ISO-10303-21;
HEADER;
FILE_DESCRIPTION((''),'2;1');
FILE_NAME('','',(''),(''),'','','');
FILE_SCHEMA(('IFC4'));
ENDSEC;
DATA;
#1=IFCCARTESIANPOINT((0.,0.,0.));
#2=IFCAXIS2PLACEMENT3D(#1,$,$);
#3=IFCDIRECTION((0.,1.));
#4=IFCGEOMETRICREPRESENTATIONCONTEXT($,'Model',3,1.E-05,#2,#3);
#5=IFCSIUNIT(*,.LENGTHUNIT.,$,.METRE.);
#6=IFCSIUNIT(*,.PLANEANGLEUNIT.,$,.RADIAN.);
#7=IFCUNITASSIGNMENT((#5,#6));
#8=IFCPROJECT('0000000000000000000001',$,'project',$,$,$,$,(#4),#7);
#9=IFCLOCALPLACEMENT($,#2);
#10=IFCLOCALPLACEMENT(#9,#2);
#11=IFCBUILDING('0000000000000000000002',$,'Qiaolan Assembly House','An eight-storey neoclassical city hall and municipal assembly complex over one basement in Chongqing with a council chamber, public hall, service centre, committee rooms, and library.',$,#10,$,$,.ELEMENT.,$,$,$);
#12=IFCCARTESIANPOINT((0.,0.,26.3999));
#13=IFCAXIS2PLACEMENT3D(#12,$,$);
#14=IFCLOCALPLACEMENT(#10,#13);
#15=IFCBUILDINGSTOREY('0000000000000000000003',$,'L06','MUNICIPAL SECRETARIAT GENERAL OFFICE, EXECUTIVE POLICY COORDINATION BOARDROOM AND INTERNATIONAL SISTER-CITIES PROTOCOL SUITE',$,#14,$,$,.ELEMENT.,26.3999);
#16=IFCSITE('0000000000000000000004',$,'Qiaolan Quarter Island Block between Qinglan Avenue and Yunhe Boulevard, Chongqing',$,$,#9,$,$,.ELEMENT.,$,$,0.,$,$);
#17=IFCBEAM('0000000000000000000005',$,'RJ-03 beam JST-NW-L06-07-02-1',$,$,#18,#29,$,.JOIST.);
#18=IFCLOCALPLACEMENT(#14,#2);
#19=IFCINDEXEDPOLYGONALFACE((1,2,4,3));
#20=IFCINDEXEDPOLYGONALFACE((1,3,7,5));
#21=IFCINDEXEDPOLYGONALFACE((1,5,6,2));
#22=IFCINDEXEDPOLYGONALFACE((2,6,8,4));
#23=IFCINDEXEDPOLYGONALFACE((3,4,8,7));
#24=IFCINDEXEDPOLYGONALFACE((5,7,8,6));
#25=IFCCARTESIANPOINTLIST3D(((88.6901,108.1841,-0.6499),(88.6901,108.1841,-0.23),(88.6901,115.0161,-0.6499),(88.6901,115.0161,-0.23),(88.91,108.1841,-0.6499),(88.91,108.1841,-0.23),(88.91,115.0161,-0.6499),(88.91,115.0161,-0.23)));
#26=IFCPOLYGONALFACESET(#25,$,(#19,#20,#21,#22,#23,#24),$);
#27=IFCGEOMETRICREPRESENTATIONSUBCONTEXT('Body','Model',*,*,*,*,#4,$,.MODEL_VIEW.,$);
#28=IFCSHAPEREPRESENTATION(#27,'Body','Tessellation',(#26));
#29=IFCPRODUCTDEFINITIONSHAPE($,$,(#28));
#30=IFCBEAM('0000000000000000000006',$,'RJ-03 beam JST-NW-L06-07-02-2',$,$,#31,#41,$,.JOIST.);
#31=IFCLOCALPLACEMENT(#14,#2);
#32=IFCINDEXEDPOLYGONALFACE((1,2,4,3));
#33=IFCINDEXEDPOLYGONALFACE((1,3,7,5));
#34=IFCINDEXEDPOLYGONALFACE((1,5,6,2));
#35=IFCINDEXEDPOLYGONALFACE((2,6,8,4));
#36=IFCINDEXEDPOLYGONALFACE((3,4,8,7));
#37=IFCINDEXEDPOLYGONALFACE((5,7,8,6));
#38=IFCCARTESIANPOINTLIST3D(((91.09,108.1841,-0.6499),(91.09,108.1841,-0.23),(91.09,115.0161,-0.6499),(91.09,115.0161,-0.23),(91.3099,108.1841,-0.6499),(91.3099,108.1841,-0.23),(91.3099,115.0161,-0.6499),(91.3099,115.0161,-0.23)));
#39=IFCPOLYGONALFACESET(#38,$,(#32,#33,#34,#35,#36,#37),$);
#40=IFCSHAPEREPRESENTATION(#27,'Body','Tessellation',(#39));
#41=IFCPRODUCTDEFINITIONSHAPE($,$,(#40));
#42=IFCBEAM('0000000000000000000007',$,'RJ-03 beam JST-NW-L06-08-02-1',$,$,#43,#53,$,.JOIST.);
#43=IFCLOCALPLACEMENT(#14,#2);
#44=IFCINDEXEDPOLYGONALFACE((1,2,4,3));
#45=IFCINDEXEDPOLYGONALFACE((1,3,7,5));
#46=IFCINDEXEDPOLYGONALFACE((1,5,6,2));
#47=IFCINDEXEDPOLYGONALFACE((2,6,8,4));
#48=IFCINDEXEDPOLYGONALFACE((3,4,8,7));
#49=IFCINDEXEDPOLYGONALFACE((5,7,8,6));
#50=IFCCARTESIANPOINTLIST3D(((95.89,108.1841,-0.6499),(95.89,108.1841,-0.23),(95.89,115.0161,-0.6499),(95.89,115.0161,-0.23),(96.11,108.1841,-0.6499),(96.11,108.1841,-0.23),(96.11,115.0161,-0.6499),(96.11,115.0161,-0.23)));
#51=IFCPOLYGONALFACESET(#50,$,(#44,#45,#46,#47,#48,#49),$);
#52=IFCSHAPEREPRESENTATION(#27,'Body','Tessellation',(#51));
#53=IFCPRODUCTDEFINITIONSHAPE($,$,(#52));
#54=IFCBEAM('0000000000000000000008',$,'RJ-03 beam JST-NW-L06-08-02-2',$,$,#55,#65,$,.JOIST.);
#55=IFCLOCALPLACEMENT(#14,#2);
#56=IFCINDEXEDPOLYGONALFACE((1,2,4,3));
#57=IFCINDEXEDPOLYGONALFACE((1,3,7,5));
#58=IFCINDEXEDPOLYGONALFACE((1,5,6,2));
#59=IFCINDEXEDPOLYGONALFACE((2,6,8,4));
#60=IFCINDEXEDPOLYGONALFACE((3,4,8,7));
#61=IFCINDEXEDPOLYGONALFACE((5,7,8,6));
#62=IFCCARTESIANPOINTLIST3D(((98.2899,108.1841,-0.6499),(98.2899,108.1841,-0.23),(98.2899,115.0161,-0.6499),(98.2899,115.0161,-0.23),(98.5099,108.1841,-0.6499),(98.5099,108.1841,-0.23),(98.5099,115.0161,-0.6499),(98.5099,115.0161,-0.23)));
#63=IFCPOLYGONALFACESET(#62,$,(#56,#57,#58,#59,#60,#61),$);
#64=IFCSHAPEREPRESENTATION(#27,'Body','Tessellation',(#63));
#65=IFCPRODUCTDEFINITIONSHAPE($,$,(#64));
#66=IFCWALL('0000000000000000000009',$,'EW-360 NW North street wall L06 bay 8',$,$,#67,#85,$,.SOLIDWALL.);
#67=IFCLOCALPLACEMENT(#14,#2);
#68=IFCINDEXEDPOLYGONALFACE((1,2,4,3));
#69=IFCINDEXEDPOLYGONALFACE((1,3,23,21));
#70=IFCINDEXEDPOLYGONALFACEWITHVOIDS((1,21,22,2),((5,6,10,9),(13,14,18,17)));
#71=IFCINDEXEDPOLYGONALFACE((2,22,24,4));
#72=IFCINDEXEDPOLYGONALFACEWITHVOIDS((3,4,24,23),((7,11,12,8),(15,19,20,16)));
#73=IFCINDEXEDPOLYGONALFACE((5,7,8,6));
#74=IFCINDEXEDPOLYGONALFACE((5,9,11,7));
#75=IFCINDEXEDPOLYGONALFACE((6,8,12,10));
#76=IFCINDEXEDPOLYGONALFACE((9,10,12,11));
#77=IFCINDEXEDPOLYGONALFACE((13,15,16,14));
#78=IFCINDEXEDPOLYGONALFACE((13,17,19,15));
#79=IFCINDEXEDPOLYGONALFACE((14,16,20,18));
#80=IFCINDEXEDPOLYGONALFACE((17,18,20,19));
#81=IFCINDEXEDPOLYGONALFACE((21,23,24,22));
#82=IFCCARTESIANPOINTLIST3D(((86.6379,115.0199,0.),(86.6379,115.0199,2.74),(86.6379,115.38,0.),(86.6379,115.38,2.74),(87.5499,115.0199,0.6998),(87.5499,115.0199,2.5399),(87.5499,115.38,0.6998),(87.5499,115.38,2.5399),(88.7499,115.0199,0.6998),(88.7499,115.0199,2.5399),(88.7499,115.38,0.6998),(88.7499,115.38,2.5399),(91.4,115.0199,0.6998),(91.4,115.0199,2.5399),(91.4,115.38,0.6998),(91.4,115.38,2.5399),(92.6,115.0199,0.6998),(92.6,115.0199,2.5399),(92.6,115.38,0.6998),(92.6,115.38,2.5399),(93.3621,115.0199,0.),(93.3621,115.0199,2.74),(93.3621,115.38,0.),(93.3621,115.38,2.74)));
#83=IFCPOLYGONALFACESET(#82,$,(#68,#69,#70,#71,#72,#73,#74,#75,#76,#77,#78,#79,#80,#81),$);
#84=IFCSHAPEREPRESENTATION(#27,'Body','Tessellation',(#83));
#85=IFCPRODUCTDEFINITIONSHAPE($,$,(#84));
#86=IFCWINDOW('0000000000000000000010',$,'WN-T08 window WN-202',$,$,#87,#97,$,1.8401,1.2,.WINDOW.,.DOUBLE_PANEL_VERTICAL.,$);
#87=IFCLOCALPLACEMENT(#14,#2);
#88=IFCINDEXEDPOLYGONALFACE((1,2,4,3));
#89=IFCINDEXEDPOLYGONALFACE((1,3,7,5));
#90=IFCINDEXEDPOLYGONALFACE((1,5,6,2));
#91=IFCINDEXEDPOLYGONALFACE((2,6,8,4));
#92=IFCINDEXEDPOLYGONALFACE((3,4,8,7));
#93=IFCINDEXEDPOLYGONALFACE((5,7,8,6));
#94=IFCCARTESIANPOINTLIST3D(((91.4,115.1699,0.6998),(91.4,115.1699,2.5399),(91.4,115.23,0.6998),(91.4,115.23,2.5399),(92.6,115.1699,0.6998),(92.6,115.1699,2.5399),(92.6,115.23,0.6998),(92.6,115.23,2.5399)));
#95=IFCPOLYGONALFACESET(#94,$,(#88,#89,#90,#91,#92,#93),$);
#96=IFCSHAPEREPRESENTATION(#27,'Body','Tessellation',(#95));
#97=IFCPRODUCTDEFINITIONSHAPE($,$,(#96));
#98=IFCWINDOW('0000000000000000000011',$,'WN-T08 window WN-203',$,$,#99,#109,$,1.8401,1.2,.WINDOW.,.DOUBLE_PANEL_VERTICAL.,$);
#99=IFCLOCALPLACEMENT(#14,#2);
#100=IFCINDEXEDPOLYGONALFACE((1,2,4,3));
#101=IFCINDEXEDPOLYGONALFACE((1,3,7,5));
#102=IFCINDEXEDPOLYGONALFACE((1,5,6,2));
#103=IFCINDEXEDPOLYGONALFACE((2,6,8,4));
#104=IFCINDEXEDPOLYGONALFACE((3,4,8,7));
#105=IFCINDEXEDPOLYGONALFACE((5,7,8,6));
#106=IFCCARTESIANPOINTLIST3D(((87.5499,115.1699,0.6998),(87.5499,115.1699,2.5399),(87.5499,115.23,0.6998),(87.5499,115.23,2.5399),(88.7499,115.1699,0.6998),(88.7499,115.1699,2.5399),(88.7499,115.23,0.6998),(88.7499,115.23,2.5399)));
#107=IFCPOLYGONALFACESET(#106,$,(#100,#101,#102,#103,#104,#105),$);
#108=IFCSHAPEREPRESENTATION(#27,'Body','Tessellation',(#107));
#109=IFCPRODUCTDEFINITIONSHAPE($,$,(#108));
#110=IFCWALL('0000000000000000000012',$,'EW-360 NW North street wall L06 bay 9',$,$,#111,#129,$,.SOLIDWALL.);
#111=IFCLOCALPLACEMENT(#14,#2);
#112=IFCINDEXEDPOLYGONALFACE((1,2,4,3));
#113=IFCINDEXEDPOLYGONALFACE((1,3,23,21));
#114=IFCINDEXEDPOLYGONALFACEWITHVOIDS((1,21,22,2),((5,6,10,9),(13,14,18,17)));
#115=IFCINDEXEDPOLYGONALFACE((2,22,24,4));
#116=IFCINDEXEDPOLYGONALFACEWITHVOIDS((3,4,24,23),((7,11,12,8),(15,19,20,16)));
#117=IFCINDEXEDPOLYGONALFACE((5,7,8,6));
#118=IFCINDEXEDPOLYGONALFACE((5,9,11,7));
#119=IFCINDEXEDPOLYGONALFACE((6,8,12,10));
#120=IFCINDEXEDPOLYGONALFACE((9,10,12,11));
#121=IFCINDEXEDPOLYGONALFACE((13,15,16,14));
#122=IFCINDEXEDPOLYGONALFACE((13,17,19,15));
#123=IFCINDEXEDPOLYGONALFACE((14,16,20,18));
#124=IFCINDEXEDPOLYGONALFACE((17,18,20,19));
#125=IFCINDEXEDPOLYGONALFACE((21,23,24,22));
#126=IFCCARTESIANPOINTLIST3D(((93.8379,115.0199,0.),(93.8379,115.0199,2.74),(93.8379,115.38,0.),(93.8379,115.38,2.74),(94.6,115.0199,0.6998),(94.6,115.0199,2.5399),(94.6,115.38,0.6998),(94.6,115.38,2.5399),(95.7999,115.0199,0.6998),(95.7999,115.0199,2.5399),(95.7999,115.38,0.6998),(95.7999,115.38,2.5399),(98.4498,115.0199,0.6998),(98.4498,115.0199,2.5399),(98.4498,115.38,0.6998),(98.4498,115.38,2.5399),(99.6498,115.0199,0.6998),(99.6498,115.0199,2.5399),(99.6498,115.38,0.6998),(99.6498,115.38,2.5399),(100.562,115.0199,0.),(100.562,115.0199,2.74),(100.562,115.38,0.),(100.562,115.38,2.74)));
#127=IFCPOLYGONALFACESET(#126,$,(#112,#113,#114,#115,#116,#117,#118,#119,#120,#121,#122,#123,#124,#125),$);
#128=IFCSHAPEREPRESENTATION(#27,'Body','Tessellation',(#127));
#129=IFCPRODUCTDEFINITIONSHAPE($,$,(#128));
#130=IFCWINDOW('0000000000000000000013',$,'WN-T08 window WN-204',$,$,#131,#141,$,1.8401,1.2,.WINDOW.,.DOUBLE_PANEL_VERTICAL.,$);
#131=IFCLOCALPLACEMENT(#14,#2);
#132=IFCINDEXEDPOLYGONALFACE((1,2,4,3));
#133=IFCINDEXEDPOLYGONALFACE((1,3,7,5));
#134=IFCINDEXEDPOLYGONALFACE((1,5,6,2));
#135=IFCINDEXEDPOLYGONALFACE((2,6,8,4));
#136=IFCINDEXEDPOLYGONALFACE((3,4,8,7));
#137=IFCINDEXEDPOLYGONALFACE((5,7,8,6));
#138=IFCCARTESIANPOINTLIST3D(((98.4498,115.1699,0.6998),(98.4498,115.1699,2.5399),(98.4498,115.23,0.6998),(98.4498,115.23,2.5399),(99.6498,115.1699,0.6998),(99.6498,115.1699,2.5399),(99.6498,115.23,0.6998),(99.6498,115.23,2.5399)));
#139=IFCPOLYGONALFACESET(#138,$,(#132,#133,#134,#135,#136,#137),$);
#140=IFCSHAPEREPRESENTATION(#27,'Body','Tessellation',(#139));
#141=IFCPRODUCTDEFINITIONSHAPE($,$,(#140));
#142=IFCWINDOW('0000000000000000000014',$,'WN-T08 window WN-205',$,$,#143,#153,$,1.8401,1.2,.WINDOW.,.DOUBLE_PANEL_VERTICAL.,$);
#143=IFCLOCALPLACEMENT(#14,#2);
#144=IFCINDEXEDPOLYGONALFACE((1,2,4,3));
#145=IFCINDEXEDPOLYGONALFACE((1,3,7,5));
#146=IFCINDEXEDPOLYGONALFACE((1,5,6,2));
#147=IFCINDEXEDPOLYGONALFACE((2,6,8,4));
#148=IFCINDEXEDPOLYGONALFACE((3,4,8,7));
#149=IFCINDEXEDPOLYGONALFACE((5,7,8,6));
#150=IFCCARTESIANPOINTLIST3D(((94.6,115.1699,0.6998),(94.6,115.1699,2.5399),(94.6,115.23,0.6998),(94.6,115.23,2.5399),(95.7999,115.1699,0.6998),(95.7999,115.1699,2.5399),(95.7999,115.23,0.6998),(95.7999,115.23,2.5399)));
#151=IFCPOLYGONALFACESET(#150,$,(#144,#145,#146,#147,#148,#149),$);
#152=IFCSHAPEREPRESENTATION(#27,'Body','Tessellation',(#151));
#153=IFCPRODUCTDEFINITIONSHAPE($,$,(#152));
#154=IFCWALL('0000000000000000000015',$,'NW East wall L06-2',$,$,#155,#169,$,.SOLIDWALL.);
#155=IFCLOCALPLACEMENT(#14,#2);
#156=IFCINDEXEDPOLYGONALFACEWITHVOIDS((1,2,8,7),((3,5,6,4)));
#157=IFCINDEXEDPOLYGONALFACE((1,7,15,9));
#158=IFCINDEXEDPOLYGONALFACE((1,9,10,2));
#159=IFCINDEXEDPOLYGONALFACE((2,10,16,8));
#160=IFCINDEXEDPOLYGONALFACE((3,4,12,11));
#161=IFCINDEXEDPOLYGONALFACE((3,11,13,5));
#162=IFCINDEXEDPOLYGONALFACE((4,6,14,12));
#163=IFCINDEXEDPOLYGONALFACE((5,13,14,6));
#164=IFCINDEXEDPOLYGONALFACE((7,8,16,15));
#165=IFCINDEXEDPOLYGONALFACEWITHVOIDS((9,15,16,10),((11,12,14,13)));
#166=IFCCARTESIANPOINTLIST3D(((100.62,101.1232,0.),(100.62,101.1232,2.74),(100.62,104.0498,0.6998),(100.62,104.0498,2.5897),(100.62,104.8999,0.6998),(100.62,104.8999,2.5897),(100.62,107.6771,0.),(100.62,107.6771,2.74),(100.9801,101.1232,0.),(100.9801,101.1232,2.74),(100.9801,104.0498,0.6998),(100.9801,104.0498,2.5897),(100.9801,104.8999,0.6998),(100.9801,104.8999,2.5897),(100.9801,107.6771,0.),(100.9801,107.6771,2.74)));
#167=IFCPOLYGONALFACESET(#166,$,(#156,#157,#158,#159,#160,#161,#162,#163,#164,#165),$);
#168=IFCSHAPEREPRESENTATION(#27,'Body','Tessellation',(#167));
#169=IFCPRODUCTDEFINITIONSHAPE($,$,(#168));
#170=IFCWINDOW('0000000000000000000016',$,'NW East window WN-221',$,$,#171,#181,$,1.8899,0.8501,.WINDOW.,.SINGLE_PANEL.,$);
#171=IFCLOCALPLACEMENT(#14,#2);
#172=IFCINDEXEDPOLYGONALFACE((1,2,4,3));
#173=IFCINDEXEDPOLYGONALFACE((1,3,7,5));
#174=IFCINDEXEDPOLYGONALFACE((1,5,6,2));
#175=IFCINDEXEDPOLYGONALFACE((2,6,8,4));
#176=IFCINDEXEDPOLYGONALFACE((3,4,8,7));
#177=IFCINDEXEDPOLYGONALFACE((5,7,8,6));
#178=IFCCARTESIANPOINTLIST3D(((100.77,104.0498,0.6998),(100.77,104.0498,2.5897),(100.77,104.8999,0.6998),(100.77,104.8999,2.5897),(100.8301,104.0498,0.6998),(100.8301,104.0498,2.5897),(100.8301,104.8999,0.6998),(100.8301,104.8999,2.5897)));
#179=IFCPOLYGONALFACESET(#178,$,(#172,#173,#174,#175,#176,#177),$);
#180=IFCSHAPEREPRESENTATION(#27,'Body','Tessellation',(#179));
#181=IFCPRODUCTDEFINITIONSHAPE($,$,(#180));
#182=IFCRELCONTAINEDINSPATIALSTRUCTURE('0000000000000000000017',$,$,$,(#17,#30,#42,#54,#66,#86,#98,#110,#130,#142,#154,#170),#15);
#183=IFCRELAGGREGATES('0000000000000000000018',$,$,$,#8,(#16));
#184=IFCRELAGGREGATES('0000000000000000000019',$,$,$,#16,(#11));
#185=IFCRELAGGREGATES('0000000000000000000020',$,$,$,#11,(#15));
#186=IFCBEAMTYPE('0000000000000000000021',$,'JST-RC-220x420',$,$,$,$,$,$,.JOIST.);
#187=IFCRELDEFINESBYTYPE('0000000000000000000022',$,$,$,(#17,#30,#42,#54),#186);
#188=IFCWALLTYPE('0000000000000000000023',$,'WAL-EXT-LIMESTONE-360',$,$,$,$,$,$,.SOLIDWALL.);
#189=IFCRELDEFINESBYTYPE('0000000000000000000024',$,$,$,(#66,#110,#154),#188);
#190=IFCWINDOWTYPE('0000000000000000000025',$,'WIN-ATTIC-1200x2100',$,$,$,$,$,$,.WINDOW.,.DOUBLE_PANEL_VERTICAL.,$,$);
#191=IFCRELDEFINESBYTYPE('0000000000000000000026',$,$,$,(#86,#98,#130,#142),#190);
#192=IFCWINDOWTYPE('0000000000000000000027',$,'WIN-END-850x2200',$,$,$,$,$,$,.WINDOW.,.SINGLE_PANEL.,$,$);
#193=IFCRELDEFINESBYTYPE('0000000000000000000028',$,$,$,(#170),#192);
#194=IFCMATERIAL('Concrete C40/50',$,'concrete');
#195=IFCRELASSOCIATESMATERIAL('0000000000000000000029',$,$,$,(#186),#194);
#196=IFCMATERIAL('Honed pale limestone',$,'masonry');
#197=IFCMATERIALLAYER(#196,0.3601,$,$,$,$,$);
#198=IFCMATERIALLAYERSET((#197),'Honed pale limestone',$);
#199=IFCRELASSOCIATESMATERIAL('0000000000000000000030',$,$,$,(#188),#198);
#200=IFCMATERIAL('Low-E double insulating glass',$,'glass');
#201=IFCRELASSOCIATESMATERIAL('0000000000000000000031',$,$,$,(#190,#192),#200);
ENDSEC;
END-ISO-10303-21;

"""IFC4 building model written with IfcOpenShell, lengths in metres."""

from ifc_helpers import new_model, si_unit, direction, frame, frame_2d, origin, origin_2d, place, context, subcontext, project, spatial, rectangle, extrude, material, layer, layer_set, material_profile, profile_set, type_object, element, fill, save


model = new_model("IFC4")

# Units and contexts
model_context = context("Model", 3, precision=1e-05, world=origin(), true_north=direction((0.0, 1.0)))
body_context = subcontext(model_context, "Body", "Model", "MODEL_VIEW")
ifc_project = project(units=[si_unit("LENGTHUNIT", "METRE"), si_unit("PLANEANGLEUNIT", "RADIAN")], contexts=[model_context])

# Site, building, storey
site_placement = place(None, origin())
site = spatial("IfcSite", under=ifc_project, at=site_placement, Name="Qiaolan Quarter Island Block between Qinglan Avenue and Yunhe Boulevard, Chongqing", CompositionType="ELEMENT", RefElevation=0.0)
building_placement = place(site_placement, origin())
building = spatial("IfcBuilding", under=site, at=building_placement, Name="Qiaolan Assembly House", Description="An eight-storey neoclassical city hall and municipal assembly complex over one basement in Chongqing with a council chamber, public hall, service centre, committee rooms, and library.", CompositionType="ELEMENT")
storey_placement = place(building_placement, frame((0.0, 0.0, 26.3999)))
storey = spatial("IfcBuildingStorey", under=building, at=storey_placement, Name="L06", Description="MUNICIPAL SECRETARIAT GENERAL OFFICE, EXECUTIVE POLICY COORDINATION BOARDROOM AND INTERNATIONAL SISTER-CITIES PROTOCOL SUITE", CompositionType="ELEMENT", Elevation=26.3999)

# Shared definitions
ifc_material_1 = material(Name="Concrete C40/50", Category="concrete")

# Beams
ifc_material_profile_1 = material_profile(ifc_material_1, rectangle(XDim=0.22, YDim=0.4199, at=origin_2d()), Name="RCB 220x420")
ifc_profile_set_1 = profile_set([ifc_material_profile_1], Name="Concrete C40/50")
beam_type_1 = type_object("IfcBeamType", Name="JST-RC-220x420", PredefinedType="JOIST", material=ifc_profile_set_1)
for number, where, z_axis, x_axis, name in (
    (1, (88.8, 108.1841, -0.4399), (0.0, 1.0, 0.0), (-1.0, 0.0, 0.0), "RJ-03 beam JST-NW-L06-07-02-1"),
    (2, (91.2, 108.1841, -0.4399), (0.0, 1.0, 0.0), (-1.0, 0.0, 0.0), "RJ-03 beam JST-NW-L06-07-02-2"),
    (3, (96.0, 108.1841, -0.4399), (0.0, 1.0, 0.0), (-1.0, 0.0, 0.0), "RJ-03 beam JST-NW-L06-08-02-1"),
    (4, (98.3999, 108.1841, -0.4399), (0.0, 1.0, 0.0), (-1.0, 0.0, 0.0), "RJ-03 beam JST-NW-L06-08-02-2"),
):
    element("IfcBeam", number, at=place(storey_placement, frame(where, z_axis=z_axis, x_axis=x_axis)), inside=storey, type_object=beam_type_1, Name=name, PredefinedType="JOIST", context=body_context, shape_type="SweptSolid", body=[
        extrude(rectangle(XDim=0.22, YDim=0.4199, at=origin_2d()), origin(), (0.0, 0.0, 1.0), 6.832),
    ])

# Walls, openings, windows
ifc_material_2 = material(Name="Honed pale limestone", Category="masonry")
ifc_layer_1 = layer(ifc_material_2, 0.3601)
ifc_layer_set_1 = layer_set([ifc_layer_1], Name="Honed pale limestone")
wall_type_1 = type_object("IfcWallType", Name="WAL-EXT-LIMESTONE-360", PredefinedType="SOLIDWALL", material=ifc_layer_set_1)
wall_1_placement = place(storey_placement, frame((93.3621, 115.2, 0.0), z_axis=(0.0, 0.0, 1.0), x_axis=(-1.0, 0.0, 0.0)))
wall_1 = element("IfcWall", 5, at=wall_1_placement, inside=storey, type_object=wall_type_1, Name="EW-360 NW North street wall L06 bay 8", PredefinedType="SOLIDWALL", context=body_context, shape_type="SweptSolid", body=[
    extrude(rectangle(XDim=6.7241, YDim=0.3601, at=frame_2d((3.3621, 0.0))), origin(), (0.0, 0.0, 1.0), 2.74),
])
opening_1_placement = place(wall_1_placement, frame((0.762, 0.0, 0.7)))
opening_1 = element("IfcOpeningElement", 6, at=opening_1_placement, cuts=wall_1, PredefinedType="OPENING", context=body_context, shape_type="SweptSolid", body=[
    extrude(rectangle(XDim=1.2, YDim=1.8401, at=frame_2d((0.6001, 0.9199))), frame((0.0, 0.1899, 0.0), z_axis=(0.0, -1.0, 0.0), x_axis=(1.0, 0.0, 0.0)), (0.0, 0.0, 1.0), 0.3801),
])
opening_2_placement = place(wall_1_placement, frame((4.6121, 0.0, 0.7)))
opening_2 = element("IfcOpeningElement", 7, at=opening_2_placement, cuts=wall_1, PredefinedType="OPENING", context=body_context, shape_type="SweptSolid", body=[
    extrude(rectangle(XDim=1.2, YDim=1.8401, at=frame_2d((0.6001, 0.9199))), frame((0.0, 0.1899, 0.0), z_axis=(0.0, -1.0, 0.0), x_axis=(1.0, 0.0, 0.0)), (0.0, 0.0, 1.0), 0.3801),
])
ifc_material_3 = material(Name="Low-E double insulating glass", Category="glass")
window_type_1 = type_object("IfcWindowType", Name="WIN-ATTIC-1200x2100", PartitioningType="DOUBLE_PANEL_VERTICAL", PredefinedType="WINDOW", material=ifc_material_3)
window_1_placement = place(opening_1_placement, origin())
window_1 = element("IfcWindow", 8, at=window_1_placement, inside=storey, type_object=window_type_1, Name="WN-T08 window WN-202", OverallHeight=1.8401, OverallWidth=1.2, PartitioningType="DOUBLE_PANEL_VERTICAL", PredefinedType="WINDOW", context=body_context, shape_type="SweptSolid", body=[
    extrude(rectangle(XDim=1.2, YDim=1.8401, at=frame_2d((0.6001, 0.9199))), frame((0.0, 0.03, 0.0), z_axis=(0.0, -1.0, 0.0), x_axis=(1.0, 0.0, 0.0)), (0.0, 0.0, 1.0), 0.0601),
])
fill(opening_1, window_1)
window_2_placement = place(opening_2_placement, origin())
window_2 = element("IfcWindow", 9, at=window_2_placement, inside=storey, type_object=window_type_1, Name="WN-T08 window WN-203", OverallHeight=1.8401, OverallWidth=1.2, PartitioningType="DOUBLE_PANEL_VERTICAL", PredefinedType="WINDOW", context=body_context, shape_type="SweptSolid", body=[
    extrude(rectangle(XDim=1.2, YDim=1.8401, at=frame_2d((0.6001, 0.9199))), frame((0.0, 0.03, 0.0), z_axis=(0.0, -1.0, 0.0), x_axis=(1.0, 0.0, 0.0)), (0.0, 0.0, 1.0), 0.0601),
])
fill(opening_2, window_2)
wall_2_placement = place(storey_placement, frame((100.562, 115.2, 0.0), z_axis=(0.0, 0.0, 1.0), x_axis=(-1.0, 0.0, 0.0)))
wall_2 = element("IfcWall", 10, at=wall_2_placement, inside=storey, type_object=wall_type_1, Name="EW-360 NW North street wall L06 bay 9", PredefinedType="SOLIDWALL", context=body_context, shape_type="SweptSolid", body=[
    extrude(rectangle(XDim=6.7241, YDim=0.3601, at=frame_2d((3.3621, 0.0))), origin(), (0.0, 0.0, 1.0), 2.74),
])
opening_3_placement = place(wall_2_placement, frame((0.9121, 0.0, 0.7)))
opening_3 = element("IfcOpeningElement", 11, at=opening_3_placement, cuts=wall_2, PredefinedType="OPENING", context=body_context, shape_type="SweptSolid", body=[
    extrude(rectangle(XDim=1.2, YDim=1.8401, at=frame_2d((0.6001, 0.9199))), frame((0.0, 0.1899, 0.0), z_axis=(0.0, -1.0, 0.0), x_axis=(1.0, 0.0, 0.0)), (0.0, 0.0, 1.0), 0.3801),
])
opening_4_placement = place(wall_2_placement, frame((4.762, 0.0, 0.7)))
opening_4 = element("IfcOpeningElement", 12, at=opening_4_placement, cuts=wall_2, PredefinedType="OPENING", context=body_context, shape_type="SweptSolid", body=[
    extrude(rectangle(XDim=1.2, YDim=1.8401, at=frame_2d((0.6001, 0.9199))), frame((0.0, 0.1899, 0.0), z_axis=(0.0, -1.0, 0.0), x_axis=(1.0, 0.0, 0.0)), (0.0, 0.0, 1.0), 0.3801),
])
window_3_placement = place(opening_3_placement, origin())
window_3 = element("IfcWindow", 13, at=window_3_placement, inside=storey, type_object=window_type_1, Name="WN-T08 window WN-204", OverallHeight=1.8401, OverallWidth=1.2, PartitioningType="DOUBLE_PANEL_VERTICAL", PredefinedType="WINDOW", context=body_context, shape_type="SweptSolid", body=[
    extrude(rectangle(XDim=1.2, YDim=1.8401, at=frame_2d((0.6001, 0.9199))), frame((0.0, 0.03, 0.0), z_axis=(0.0, -1.0, 0.0), x_axis=(1.0, 0.0, 0.0)), (0.0, 0.0, 1.0), 0.0601),
])
fill(opening_3, window_3)
window_4_placement = place(opening_4_placement, origin())
window_4 = element("IfcWindow", 14, at=window_4_placement, inside=storey, type_object=window_type_1, Name="WN-T08 window WN-205", OverallHeight=1.8401, OverallWidth=1.2, PartitioningType="DOUBLE_PANEL_VERTICAL", PredefinedType="WINDOW", context=body_context, shape_type="SweptSolid", body=[
    extrude(rectangle(XDim=1.2, YDim=1.8401, at=frame_2d((0.6001, 0.9199))), frame((0.0, 0.03, 0.0), z_axis=(0.0, -1.0, 0.0), x_axis=(1.0, 0.0, 0.0)), (0.0, 0.0, 1.0), 0.0601),
])
fill(opening_4, window_4)

# Wall, opening, window
wall_3_placement = place(storey_placement, frame((100.8, 107.677, 0.0), z_axis=(0.0, 0.0, 1.0), x_axis=(0.0, -1.0, 0.0)))
wall_3 = element("IfcWall", 15, at=wall_3_placement, inside=storey, type_object=wall_type_1, Name="NW East wall L06-2", PredefinedType="SOLIDWALL", context=body_context, shape_type="SweptSolid", body=[
    extrude(rectangle(XDim=6.554, YDim=0.3601, at=frame_2d((3.2769, 0.0))), origin(), (0.0, 0.0, 1.0), 2.74),
])
opening_5_placement = place(wall_3_placement, frame((2.7771, 0.0, 0.7)))
opening_5 = element("IfcOpeningElement", 16, at=opening_5_placement, cuts=wall_3, PredefinedType="OPENING", context=body_context, shape_type="SweptSolid", body=[
    extrude(rectangle(XDim=0.8501, YDim=1.8899, at=frame_2d((0.425, 0.9448))), frame((0.0, 0.1899, 0.0), z_axis=(0.0, -1.0, 0.0), x_axis=(1.0, 0.0, 0.0)), (0.0, 0.0, 1.0), 0.3801),
])
window_type_2 = type_object("IfcWindowType", Name="WIN-END-850x2200", PartitioningType="SINGLE_PANEL", PredefinedType="WINDOW", material=ifc_material_3)
window_5_placement = place(opening_5_placement, origin())
window_5 = element("IfcWindow", 17, at=window_5_placement, inside=storey, type_object=window_type_2, Name="NW East window WN-221", OverallHeight=1.8899, OverallWidth=0.8501, PartitioningType="SINGLE_PANEL", PredefinedType="WINDOW", context=body_context, shape_type="SweptSolid", body=[
    extrude(rectangle(XDim=0.8501, YDim=1.8899, at=frame_2d((0.425, 0.9448))), frame((0.0, 0.03, 0.0), z_axis=(0.0, -1.0, 0.0), x_axis=(1.0, 0.0, 0.0)), (0.0, 0.0, 1.0), 0.0601),
])
fill(opening_5, window_5)

save(model, "model.ifc")
